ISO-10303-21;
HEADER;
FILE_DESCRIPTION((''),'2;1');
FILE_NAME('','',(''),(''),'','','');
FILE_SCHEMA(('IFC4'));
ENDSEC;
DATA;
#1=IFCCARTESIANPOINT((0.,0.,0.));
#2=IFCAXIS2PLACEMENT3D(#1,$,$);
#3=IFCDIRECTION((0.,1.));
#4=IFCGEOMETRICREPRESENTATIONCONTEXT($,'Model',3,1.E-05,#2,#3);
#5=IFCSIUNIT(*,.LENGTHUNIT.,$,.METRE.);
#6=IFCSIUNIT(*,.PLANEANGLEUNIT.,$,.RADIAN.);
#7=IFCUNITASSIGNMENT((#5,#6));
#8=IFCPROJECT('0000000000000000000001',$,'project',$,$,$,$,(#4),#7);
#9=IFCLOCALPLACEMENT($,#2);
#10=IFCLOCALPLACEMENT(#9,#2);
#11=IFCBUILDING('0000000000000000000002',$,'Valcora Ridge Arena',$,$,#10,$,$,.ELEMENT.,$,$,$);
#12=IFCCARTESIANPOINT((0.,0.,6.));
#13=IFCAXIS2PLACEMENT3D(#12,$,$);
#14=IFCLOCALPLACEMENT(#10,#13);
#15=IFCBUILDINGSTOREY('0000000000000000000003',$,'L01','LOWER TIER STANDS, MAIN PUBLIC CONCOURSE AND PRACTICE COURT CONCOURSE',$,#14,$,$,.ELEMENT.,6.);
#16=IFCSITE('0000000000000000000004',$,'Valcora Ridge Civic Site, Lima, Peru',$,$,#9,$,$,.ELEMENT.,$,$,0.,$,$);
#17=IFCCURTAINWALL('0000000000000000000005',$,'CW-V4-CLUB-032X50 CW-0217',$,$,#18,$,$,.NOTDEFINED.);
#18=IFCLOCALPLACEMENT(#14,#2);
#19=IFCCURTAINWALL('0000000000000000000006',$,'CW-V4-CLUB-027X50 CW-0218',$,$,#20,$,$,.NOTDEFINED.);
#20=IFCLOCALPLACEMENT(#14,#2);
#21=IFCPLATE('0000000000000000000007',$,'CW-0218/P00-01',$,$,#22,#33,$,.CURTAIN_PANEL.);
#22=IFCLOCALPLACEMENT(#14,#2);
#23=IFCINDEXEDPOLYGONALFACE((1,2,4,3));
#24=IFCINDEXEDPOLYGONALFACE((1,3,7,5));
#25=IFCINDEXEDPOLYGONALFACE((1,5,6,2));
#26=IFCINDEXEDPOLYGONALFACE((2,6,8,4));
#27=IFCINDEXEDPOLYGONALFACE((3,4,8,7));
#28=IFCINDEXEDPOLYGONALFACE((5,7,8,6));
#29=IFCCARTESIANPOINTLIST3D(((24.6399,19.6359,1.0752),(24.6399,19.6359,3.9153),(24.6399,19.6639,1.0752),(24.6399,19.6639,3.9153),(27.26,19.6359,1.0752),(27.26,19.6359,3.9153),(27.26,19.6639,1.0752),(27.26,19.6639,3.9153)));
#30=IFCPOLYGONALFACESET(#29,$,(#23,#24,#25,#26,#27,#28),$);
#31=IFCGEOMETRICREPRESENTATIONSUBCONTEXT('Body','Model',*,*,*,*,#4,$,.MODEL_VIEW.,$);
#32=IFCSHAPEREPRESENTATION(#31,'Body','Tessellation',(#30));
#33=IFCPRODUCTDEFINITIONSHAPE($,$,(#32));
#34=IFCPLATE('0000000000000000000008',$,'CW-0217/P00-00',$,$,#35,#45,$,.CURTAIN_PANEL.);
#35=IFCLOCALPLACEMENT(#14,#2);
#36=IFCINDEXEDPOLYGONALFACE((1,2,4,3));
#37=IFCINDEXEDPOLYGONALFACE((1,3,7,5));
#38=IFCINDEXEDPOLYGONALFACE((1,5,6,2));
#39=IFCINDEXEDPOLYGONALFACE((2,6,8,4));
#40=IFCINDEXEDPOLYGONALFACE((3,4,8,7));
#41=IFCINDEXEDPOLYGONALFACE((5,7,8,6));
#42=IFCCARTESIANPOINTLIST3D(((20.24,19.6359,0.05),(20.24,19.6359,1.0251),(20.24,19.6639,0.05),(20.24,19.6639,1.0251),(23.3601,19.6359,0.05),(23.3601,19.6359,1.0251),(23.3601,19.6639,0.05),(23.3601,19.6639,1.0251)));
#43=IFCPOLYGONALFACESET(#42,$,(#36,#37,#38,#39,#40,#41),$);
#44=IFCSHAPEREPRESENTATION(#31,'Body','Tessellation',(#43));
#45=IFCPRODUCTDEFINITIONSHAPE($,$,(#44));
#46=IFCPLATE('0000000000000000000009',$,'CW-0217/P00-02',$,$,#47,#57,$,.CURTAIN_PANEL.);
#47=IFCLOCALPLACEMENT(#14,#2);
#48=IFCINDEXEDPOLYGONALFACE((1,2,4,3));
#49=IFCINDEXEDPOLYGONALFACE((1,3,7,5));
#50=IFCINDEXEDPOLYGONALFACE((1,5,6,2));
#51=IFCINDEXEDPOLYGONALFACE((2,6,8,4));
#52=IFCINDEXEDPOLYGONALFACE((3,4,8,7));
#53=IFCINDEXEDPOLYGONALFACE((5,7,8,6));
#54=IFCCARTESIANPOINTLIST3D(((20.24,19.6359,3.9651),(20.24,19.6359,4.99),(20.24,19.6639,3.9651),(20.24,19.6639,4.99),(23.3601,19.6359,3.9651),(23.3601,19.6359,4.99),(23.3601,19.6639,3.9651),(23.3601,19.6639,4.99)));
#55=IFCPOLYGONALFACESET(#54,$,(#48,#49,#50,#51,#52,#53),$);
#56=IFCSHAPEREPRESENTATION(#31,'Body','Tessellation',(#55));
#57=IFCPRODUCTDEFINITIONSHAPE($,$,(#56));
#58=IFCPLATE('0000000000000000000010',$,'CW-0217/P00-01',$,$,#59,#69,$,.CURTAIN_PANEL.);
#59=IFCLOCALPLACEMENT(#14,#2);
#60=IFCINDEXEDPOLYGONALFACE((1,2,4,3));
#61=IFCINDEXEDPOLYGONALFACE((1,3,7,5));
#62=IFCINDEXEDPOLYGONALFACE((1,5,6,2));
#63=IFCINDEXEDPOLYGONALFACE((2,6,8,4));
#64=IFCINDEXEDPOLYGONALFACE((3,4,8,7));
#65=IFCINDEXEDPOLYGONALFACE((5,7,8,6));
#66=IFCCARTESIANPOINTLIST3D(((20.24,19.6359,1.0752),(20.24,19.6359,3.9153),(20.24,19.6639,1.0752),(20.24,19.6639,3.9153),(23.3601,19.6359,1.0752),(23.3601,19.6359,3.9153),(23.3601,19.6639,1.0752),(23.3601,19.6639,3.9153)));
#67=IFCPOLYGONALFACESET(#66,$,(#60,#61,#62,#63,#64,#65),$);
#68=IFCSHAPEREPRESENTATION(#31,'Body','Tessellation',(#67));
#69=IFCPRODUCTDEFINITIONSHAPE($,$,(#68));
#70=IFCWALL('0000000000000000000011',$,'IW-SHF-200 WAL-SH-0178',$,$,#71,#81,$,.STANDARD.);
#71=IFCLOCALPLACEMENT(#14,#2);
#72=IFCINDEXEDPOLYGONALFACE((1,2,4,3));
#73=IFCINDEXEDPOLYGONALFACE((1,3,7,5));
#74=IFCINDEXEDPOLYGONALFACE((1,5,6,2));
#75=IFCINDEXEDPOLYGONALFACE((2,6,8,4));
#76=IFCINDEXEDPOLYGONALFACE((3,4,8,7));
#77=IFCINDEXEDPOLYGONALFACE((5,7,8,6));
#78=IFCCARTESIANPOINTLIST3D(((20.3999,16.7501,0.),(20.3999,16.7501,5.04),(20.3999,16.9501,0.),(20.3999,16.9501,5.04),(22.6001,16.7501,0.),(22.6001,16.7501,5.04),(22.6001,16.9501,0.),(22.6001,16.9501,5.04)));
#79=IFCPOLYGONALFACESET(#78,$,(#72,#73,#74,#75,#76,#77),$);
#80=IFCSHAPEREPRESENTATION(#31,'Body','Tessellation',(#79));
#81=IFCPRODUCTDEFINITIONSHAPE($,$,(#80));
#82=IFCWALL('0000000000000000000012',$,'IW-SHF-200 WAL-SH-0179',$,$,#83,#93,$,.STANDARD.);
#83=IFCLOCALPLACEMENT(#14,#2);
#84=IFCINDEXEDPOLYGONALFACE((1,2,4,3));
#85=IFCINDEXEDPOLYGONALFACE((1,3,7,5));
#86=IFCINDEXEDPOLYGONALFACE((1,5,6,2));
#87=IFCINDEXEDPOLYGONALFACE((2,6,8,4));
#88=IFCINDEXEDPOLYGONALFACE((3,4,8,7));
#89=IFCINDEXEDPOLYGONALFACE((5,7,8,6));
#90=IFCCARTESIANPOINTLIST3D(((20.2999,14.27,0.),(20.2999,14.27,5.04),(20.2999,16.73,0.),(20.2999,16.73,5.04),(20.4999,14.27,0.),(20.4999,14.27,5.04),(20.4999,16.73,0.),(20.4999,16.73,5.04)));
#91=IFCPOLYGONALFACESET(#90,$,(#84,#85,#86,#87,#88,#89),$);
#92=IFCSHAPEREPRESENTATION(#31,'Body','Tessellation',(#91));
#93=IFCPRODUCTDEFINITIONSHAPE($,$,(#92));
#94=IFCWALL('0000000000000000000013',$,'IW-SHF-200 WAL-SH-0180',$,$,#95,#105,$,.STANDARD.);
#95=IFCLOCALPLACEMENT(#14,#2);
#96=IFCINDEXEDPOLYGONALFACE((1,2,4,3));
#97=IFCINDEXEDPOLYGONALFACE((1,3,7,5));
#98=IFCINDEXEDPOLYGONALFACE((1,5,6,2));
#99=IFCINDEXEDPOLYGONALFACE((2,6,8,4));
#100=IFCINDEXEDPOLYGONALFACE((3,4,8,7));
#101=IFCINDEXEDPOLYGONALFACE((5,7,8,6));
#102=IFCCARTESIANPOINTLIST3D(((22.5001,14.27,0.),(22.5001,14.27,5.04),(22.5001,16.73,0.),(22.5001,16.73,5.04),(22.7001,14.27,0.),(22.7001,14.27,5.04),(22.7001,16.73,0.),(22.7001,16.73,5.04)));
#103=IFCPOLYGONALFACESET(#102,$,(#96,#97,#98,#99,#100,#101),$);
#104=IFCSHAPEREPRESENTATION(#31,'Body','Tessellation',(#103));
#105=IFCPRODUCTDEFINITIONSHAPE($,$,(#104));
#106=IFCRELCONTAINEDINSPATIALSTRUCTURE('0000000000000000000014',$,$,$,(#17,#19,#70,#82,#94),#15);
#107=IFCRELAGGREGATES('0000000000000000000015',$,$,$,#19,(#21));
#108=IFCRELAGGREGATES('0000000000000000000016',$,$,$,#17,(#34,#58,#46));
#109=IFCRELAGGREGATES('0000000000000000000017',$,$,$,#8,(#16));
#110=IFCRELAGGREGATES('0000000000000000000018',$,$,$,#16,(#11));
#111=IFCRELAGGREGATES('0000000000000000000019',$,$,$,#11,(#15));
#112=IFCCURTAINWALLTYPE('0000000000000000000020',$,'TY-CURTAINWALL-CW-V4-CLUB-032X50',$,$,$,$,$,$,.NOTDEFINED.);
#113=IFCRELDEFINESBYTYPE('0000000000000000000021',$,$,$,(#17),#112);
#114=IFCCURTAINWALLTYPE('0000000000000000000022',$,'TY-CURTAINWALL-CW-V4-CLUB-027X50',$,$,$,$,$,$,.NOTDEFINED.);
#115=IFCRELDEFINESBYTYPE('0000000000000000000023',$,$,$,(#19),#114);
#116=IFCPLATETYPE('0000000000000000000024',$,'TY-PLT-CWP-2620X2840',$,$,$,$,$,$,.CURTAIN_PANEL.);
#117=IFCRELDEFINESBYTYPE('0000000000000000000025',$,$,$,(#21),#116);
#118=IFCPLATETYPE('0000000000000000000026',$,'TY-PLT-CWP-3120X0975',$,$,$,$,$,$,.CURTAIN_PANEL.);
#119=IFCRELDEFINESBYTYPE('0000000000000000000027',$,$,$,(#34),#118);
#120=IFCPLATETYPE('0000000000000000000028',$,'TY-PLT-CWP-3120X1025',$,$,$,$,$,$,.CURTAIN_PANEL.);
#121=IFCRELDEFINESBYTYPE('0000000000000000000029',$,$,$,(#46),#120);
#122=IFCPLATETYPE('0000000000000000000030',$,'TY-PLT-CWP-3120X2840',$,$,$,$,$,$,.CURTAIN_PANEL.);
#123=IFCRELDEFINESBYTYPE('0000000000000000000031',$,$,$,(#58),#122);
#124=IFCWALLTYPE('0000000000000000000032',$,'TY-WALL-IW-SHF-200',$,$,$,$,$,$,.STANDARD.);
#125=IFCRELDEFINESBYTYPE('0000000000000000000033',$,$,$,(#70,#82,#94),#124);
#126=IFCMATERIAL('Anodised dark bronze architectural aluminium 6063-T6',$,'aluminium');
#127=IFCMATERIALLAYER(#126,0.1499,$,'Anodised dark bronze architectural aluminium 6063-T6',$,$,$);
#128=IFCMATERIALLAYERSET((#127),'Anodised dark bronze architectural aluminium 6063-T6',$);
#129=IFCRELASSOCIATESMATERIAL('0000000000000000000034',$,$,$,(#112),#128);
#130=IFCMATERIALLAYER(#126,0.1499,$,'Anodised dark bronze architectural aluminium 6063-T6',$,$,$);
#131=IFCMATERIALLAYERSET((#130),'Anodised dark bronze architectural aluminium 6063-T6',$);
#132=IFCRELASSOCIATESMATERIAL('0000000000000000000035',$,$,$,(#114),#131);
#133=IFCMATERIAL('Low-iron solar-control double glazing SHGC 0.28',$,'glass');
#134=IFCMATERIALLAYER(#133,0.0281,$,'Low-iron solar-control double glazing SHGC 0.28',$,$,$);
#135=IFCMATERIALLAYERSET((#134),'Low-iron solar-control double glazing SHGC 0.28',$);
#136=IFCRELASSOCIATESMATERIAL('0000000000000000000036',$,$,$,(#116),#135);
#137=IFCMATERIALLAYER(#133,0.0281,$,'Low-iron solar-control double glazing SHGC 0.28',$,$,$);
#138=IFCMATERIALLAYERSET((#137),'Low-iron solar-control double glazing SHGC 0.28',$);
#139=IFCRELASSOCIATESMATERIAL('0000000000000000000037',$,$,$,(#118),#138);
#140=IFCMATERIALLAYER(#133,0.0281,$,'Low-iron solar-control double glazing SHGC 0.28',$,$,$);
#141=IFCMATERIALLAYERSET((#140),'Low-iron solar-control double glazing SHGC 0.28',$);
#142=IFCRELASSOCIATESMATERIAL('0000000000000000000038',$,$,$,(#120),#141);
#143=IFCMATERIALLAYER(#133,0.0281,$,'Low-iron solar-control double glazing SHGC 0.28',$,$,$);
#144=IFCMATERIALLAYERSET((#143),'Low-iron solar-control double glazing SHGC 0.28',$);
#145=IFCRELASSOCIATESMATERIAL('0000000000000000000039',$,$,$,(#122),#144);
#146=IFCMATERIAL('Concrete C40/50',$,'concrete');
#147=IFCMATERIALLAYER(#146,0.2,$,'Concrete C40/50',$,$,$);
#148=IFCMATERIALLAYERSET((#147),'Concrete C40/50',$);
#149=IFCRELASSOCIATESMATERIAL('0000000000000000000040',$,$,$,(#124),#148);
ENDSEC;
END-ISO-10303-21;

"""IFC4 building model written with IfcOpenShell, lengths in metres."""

from ifc_helpers import new_model, si_unit, direction, frame, frame_2d, origin, origin_2d, place, context, subcontext, project, spatial, rectangle, extrude, material, layer, layer_set, type_object, element, aggregate, save


model = new_model("IFC4")

# Units and contexts
model_context = context("Model", 3, precision=1e-05, world=origin(), true_north=direction((0.0, 1.0)))
body_context = subcontext(model_context, "Body", "Model", "MODEL_VIEW")
ifc_project = project(units=[si_unit("LENGTHUNIT", "METRE"), si_unit("PLANEANGLEUNIT", "RADIAN")], contexts=[model_context])

# Site, building, storey
site_placement = place(None, origin())
site = spatial("IfcSite", under=ifc_project, at=site_placement, Name="Valcora Ridge Civic Site, Lima, Peru", CompositionType="ELEMENT", RefElevation=0.0)
building_placement = place(site_placement, origin())
building = spatial("IfcBuilding", under=site, at=building_placement, Name="Valcora Ridge Arena", CompositionType="ELEMENT")
storey_placement = place(building_placement, frame((0.0, 0.0, 6.0)))
storey = spatial("IfcBuildingStorey", under=building, at=storey_placement, Name="L01", Description="LOWER TIER STANDS, MAIN PUBLIC CONCOURSE AND PRACTICE COURT CONCOURSE", CompositionType="ELEMENT", Elevation=6.0)

# Shared definitions
ifc_material_1 = material(Name="Concrete C40/50", Category="concrete")

# Curtain wall
ifc_material_2 = material(Name="Anodised dark bronze architectural aluminium 6063-T6", Category="aluminium")
ifc_layer_1 = layer(ifc_material_2, 0.1499, Name="Anodised dark bronze architectural aluminium 6063-T6")
ifc_layer_set_1 = layer_set([ifc_layer_1], Name="Anodised dark bronze architectural aluminium 6063-T6")
curtain_wall_type_1 = type_object("IfcCurtainWallType", Name="TY-CURTAINWALL-CW-V4-CLUB-032X50", PredefinedType="NOTDEFINED", material=ifc_layer_set_1)
curtain_wall_1_placement = place(storey_placement, origin())
curtain_wall_1 = element("IfcCurtainWall", 1, at=curtain_wall_1_placement, inside=storey, type_object=curtain_wall_type_1, Name="CW-V4-CLUB-032X50 CW-0217", PredefinedType="NOTDEFINED")

# Curtain wall, plate
ifc_layer_2 = layer(ifc_material_2, 0.1499, Name="Anodised dark bronze architectural aluminium 6063-T6")
ifc_layer_set_2 = layer_set([ifc_layer_2], Name="Anodised dark bronze architectural aluminium 6063-T6")
curtain_wall_type_2 = type_object("IfcCurtainWallType", Name="TY-CURTAINWALL-CW-V4-CLUB-027X50", PredefinedType="NOTDEFINED", material=ifc_layer_set_2)
curtain_wall_2_placement = place(storey_placement, origin())
curtain_wall_2 = element("IfcCurtainWall", 2, at=curtain_wall_2_placement, inside=storey, type_object=curtain_wall_type_2, Name="CW-V4-CLUB-027X50 CW-0218", PredefinedType="NOTDEFINED")
ifc_material_3 = material(Name="Low-iron solar-control double glazing SHGC 0.28", Category="glass")
ifc_layer_3 = layer(ifc_material_3, 0.0281, Name="Low-iron solar-control double glazing SHGC 0.28")
ifc_layer_set_3 = layer_set([ifc_layer_3], Name="Low-iron solar-control double glazing SHGC 0.28")
plate_type_1 = type_object("IfcPlateType", Name="TY-PLT-CWP-2620X2840", PredefinedType="CURTAIN_PANEL", material=ifc_layer_set_3)
plate_1_placement = place(storey_placement, frame((25.95, 19.6499, 1.0752), z_axis=(0.0, 0.0, 1.0), x_axis=(1.0, 0.0, 0.0)))
plate_1 = element("IfcPlate", 3, at=plate_1_placement, type_object=plate_type_1, Name="CW-0218/P00-01", PredefinedType="CURTAIN_PANEL", context=body_context, shape_type="SweptSolid", body=[
    extrude(rectangle(XDim=2.6201, YDim=0.0281, at=origin_2d()), origin(), (0.0, 0.0, 1.0), 2.8401),
])
aggregate(curtain_wall_2, [plate_1])

# Plates
ifc_layer_4 = layer(ifc_material_3, 0.0281, Name="Low-iron solar-control double glazing SHGC 0.28")
ifc_layer_set_4 = layer_set([ifc_layer_4], Name="Low-iron solar-control double glazing SHGC 0.28")
plate_type_2 = type_object("IfcPlateType", Name="TY-PLT-CWP-3120X0975", PredefinedType="CURTAIN_PANEL", material=ifc_layer_set_4)
plate_2_placement = place(storey_placement, frame((21.8, 19.6499, 0.05), z_axis=(0.0, 0.0, 1.0), x_axis=(1.0, 0.0, 0.0)))
plate_2 = element("IfcPlate", 4, at=plate_2_placement, type_object=plate_type_2, Name="CW-0217/P00-00", PredefinedType="CURTAIN_PANEL", context=body_context, shape_type="SweptSolid", body=[
    extrude(rectangle(XDim=3.1201, YDim=0.0281, at=origin_2d()), origin(), (0.0, 0.0, 1.0), 0.9751),
])
ifc_layer_5 = layer(ifc_material_3, 0.0281, Name="Low-iron solar-control double glazing SHGC 0.28")
ifc_layer_set_5 = layer_set([ifc_layer_5], Name="Low-iron solar-control double glazing SHGC 0.28")
plate_type_3 = type_object("IfcPlateType", Name="TY-PLT-CWP-3120X1025", PredefinedType="CURTAIN_PANEL", material=ifc_layer_set_5)
plate_3_placement = place(storey_placement, frame((21.8, 19.6499, 3.9651), z_axis=(0.0, 0.0, 1.0), x_axis=(1.0, 0.0, 0.0)))
plate_3 = element("IfcPlate", 5, at=plate_3_placement, type_object=plate_type_3, Name="CW-0217/P00-02", PredefinedType="CURTAIN_PANEL", context=body_context, shape_type="SweptSolid", body=[
    extrude(rectangle(XDim=3.1201, YDim=0.0281, at=origin_2d()), origin(), (0.0, 0.0, 1.0), 1.0249),
])
ifc_layer_6 = layer(ifc_material_3, 0.0281, Name="Low-iron solar-control double glazing SHGC 0.28")
ifc_layer_set_6 = layer_set([ifc_layer_6], Name="Low-iron solar-control double glazing SHGC 0.28")
plate_type_4 = type_object("IfcPlateType", Name="TY-PLT-CWP-3120X2840", PredefinedType="CURTAIN_PANEL", material=ifc_layer_set_6)
plate_4_placement = place(storey_placement, frame((21.8, 19.6499, 1.0752), z_axis=(0.0, 0.0, 1.0), x_axis=(1.0, 0.0, 0.0)))
plate_4 = element("IfcPlate", 6, at=plate_4_placement, type_object=plate_type_4, Name="CW-0217/P00-01", PredefinedType="CURTAIN_PANEL", context=body_context, shape_type="SweptSolid", body=[
    extrude(rectangle(XDim=3.1201, YDim=0.0281, at=origin_2d()), origin(), (0.0, 0.0, 1.0), 2.8401),
])
aggregate(curtain_wall_1, [plate_2, plate_4, plate_3])

# Walls
ifc_layer_7 = layer(ifc_material_1, 0.2, Name="Concrete C40/50")
ifc_layer_set_7 = layer_set([ifc_layer_7], Name="Concrete C40/50")
wall_type = type_object("IfcWallType", Name="TY-WALL-IW-SHF-200", PredefinedType="STANDARD", material=ifc_layer_set_7)
wall_placement = place(storey_placement, frame((20.3999, 16.8501, 0.0), z_axis=(0.0, 0.0, 1.0), x_axis=(1.0, 0.0, 0.0)))
element("IfcWall", 7, at=wall_placement, inside=storey, type_object=wall_type, Name="IW-SHF-200 WAL-SH-0178", PredefinedType="STANDARD", context=body_context, shape_type="SweptSolid", body=[
    extrude(rectangle(XDim=2.2002, YDim=0.2, at=frame_2d((1.1001, 0.0))), origin(), (0.0, 0.0, 1.0), 5.04),
])
for number, where, z_axis, x_axis, name in (
    (8, (20.3999, 14.27, 0.0), (0.0, 0.0, 1.0), (0.0, 1.0, 0.0), "IW-SHF-200 WAL-SH-0179"),
    (9, (22.6001, 14.27, 0.0), (0.0, 0.0, 1.0), (0.0, 1.0, 0.0), "IW-SHF-200 WAL-SH-0180"),
):
    element("IfcWall", number, at=place(storey_placement, frame(where, z_axis=z_axis, x_axis=x_axis)), inside=storey, type_object=wall_type, Name=name, PredefinedType="STANDARD", context=body_context, shape_type="SweptSolid", body=[
        extrude(rectangle(XDim=2.46, YDim=0.2, at=frame_2d((1.23, 0.0))), origin(), (0.0, 0.0, 1.0), 5.04),
    ])

save(model, "model.ifc")
